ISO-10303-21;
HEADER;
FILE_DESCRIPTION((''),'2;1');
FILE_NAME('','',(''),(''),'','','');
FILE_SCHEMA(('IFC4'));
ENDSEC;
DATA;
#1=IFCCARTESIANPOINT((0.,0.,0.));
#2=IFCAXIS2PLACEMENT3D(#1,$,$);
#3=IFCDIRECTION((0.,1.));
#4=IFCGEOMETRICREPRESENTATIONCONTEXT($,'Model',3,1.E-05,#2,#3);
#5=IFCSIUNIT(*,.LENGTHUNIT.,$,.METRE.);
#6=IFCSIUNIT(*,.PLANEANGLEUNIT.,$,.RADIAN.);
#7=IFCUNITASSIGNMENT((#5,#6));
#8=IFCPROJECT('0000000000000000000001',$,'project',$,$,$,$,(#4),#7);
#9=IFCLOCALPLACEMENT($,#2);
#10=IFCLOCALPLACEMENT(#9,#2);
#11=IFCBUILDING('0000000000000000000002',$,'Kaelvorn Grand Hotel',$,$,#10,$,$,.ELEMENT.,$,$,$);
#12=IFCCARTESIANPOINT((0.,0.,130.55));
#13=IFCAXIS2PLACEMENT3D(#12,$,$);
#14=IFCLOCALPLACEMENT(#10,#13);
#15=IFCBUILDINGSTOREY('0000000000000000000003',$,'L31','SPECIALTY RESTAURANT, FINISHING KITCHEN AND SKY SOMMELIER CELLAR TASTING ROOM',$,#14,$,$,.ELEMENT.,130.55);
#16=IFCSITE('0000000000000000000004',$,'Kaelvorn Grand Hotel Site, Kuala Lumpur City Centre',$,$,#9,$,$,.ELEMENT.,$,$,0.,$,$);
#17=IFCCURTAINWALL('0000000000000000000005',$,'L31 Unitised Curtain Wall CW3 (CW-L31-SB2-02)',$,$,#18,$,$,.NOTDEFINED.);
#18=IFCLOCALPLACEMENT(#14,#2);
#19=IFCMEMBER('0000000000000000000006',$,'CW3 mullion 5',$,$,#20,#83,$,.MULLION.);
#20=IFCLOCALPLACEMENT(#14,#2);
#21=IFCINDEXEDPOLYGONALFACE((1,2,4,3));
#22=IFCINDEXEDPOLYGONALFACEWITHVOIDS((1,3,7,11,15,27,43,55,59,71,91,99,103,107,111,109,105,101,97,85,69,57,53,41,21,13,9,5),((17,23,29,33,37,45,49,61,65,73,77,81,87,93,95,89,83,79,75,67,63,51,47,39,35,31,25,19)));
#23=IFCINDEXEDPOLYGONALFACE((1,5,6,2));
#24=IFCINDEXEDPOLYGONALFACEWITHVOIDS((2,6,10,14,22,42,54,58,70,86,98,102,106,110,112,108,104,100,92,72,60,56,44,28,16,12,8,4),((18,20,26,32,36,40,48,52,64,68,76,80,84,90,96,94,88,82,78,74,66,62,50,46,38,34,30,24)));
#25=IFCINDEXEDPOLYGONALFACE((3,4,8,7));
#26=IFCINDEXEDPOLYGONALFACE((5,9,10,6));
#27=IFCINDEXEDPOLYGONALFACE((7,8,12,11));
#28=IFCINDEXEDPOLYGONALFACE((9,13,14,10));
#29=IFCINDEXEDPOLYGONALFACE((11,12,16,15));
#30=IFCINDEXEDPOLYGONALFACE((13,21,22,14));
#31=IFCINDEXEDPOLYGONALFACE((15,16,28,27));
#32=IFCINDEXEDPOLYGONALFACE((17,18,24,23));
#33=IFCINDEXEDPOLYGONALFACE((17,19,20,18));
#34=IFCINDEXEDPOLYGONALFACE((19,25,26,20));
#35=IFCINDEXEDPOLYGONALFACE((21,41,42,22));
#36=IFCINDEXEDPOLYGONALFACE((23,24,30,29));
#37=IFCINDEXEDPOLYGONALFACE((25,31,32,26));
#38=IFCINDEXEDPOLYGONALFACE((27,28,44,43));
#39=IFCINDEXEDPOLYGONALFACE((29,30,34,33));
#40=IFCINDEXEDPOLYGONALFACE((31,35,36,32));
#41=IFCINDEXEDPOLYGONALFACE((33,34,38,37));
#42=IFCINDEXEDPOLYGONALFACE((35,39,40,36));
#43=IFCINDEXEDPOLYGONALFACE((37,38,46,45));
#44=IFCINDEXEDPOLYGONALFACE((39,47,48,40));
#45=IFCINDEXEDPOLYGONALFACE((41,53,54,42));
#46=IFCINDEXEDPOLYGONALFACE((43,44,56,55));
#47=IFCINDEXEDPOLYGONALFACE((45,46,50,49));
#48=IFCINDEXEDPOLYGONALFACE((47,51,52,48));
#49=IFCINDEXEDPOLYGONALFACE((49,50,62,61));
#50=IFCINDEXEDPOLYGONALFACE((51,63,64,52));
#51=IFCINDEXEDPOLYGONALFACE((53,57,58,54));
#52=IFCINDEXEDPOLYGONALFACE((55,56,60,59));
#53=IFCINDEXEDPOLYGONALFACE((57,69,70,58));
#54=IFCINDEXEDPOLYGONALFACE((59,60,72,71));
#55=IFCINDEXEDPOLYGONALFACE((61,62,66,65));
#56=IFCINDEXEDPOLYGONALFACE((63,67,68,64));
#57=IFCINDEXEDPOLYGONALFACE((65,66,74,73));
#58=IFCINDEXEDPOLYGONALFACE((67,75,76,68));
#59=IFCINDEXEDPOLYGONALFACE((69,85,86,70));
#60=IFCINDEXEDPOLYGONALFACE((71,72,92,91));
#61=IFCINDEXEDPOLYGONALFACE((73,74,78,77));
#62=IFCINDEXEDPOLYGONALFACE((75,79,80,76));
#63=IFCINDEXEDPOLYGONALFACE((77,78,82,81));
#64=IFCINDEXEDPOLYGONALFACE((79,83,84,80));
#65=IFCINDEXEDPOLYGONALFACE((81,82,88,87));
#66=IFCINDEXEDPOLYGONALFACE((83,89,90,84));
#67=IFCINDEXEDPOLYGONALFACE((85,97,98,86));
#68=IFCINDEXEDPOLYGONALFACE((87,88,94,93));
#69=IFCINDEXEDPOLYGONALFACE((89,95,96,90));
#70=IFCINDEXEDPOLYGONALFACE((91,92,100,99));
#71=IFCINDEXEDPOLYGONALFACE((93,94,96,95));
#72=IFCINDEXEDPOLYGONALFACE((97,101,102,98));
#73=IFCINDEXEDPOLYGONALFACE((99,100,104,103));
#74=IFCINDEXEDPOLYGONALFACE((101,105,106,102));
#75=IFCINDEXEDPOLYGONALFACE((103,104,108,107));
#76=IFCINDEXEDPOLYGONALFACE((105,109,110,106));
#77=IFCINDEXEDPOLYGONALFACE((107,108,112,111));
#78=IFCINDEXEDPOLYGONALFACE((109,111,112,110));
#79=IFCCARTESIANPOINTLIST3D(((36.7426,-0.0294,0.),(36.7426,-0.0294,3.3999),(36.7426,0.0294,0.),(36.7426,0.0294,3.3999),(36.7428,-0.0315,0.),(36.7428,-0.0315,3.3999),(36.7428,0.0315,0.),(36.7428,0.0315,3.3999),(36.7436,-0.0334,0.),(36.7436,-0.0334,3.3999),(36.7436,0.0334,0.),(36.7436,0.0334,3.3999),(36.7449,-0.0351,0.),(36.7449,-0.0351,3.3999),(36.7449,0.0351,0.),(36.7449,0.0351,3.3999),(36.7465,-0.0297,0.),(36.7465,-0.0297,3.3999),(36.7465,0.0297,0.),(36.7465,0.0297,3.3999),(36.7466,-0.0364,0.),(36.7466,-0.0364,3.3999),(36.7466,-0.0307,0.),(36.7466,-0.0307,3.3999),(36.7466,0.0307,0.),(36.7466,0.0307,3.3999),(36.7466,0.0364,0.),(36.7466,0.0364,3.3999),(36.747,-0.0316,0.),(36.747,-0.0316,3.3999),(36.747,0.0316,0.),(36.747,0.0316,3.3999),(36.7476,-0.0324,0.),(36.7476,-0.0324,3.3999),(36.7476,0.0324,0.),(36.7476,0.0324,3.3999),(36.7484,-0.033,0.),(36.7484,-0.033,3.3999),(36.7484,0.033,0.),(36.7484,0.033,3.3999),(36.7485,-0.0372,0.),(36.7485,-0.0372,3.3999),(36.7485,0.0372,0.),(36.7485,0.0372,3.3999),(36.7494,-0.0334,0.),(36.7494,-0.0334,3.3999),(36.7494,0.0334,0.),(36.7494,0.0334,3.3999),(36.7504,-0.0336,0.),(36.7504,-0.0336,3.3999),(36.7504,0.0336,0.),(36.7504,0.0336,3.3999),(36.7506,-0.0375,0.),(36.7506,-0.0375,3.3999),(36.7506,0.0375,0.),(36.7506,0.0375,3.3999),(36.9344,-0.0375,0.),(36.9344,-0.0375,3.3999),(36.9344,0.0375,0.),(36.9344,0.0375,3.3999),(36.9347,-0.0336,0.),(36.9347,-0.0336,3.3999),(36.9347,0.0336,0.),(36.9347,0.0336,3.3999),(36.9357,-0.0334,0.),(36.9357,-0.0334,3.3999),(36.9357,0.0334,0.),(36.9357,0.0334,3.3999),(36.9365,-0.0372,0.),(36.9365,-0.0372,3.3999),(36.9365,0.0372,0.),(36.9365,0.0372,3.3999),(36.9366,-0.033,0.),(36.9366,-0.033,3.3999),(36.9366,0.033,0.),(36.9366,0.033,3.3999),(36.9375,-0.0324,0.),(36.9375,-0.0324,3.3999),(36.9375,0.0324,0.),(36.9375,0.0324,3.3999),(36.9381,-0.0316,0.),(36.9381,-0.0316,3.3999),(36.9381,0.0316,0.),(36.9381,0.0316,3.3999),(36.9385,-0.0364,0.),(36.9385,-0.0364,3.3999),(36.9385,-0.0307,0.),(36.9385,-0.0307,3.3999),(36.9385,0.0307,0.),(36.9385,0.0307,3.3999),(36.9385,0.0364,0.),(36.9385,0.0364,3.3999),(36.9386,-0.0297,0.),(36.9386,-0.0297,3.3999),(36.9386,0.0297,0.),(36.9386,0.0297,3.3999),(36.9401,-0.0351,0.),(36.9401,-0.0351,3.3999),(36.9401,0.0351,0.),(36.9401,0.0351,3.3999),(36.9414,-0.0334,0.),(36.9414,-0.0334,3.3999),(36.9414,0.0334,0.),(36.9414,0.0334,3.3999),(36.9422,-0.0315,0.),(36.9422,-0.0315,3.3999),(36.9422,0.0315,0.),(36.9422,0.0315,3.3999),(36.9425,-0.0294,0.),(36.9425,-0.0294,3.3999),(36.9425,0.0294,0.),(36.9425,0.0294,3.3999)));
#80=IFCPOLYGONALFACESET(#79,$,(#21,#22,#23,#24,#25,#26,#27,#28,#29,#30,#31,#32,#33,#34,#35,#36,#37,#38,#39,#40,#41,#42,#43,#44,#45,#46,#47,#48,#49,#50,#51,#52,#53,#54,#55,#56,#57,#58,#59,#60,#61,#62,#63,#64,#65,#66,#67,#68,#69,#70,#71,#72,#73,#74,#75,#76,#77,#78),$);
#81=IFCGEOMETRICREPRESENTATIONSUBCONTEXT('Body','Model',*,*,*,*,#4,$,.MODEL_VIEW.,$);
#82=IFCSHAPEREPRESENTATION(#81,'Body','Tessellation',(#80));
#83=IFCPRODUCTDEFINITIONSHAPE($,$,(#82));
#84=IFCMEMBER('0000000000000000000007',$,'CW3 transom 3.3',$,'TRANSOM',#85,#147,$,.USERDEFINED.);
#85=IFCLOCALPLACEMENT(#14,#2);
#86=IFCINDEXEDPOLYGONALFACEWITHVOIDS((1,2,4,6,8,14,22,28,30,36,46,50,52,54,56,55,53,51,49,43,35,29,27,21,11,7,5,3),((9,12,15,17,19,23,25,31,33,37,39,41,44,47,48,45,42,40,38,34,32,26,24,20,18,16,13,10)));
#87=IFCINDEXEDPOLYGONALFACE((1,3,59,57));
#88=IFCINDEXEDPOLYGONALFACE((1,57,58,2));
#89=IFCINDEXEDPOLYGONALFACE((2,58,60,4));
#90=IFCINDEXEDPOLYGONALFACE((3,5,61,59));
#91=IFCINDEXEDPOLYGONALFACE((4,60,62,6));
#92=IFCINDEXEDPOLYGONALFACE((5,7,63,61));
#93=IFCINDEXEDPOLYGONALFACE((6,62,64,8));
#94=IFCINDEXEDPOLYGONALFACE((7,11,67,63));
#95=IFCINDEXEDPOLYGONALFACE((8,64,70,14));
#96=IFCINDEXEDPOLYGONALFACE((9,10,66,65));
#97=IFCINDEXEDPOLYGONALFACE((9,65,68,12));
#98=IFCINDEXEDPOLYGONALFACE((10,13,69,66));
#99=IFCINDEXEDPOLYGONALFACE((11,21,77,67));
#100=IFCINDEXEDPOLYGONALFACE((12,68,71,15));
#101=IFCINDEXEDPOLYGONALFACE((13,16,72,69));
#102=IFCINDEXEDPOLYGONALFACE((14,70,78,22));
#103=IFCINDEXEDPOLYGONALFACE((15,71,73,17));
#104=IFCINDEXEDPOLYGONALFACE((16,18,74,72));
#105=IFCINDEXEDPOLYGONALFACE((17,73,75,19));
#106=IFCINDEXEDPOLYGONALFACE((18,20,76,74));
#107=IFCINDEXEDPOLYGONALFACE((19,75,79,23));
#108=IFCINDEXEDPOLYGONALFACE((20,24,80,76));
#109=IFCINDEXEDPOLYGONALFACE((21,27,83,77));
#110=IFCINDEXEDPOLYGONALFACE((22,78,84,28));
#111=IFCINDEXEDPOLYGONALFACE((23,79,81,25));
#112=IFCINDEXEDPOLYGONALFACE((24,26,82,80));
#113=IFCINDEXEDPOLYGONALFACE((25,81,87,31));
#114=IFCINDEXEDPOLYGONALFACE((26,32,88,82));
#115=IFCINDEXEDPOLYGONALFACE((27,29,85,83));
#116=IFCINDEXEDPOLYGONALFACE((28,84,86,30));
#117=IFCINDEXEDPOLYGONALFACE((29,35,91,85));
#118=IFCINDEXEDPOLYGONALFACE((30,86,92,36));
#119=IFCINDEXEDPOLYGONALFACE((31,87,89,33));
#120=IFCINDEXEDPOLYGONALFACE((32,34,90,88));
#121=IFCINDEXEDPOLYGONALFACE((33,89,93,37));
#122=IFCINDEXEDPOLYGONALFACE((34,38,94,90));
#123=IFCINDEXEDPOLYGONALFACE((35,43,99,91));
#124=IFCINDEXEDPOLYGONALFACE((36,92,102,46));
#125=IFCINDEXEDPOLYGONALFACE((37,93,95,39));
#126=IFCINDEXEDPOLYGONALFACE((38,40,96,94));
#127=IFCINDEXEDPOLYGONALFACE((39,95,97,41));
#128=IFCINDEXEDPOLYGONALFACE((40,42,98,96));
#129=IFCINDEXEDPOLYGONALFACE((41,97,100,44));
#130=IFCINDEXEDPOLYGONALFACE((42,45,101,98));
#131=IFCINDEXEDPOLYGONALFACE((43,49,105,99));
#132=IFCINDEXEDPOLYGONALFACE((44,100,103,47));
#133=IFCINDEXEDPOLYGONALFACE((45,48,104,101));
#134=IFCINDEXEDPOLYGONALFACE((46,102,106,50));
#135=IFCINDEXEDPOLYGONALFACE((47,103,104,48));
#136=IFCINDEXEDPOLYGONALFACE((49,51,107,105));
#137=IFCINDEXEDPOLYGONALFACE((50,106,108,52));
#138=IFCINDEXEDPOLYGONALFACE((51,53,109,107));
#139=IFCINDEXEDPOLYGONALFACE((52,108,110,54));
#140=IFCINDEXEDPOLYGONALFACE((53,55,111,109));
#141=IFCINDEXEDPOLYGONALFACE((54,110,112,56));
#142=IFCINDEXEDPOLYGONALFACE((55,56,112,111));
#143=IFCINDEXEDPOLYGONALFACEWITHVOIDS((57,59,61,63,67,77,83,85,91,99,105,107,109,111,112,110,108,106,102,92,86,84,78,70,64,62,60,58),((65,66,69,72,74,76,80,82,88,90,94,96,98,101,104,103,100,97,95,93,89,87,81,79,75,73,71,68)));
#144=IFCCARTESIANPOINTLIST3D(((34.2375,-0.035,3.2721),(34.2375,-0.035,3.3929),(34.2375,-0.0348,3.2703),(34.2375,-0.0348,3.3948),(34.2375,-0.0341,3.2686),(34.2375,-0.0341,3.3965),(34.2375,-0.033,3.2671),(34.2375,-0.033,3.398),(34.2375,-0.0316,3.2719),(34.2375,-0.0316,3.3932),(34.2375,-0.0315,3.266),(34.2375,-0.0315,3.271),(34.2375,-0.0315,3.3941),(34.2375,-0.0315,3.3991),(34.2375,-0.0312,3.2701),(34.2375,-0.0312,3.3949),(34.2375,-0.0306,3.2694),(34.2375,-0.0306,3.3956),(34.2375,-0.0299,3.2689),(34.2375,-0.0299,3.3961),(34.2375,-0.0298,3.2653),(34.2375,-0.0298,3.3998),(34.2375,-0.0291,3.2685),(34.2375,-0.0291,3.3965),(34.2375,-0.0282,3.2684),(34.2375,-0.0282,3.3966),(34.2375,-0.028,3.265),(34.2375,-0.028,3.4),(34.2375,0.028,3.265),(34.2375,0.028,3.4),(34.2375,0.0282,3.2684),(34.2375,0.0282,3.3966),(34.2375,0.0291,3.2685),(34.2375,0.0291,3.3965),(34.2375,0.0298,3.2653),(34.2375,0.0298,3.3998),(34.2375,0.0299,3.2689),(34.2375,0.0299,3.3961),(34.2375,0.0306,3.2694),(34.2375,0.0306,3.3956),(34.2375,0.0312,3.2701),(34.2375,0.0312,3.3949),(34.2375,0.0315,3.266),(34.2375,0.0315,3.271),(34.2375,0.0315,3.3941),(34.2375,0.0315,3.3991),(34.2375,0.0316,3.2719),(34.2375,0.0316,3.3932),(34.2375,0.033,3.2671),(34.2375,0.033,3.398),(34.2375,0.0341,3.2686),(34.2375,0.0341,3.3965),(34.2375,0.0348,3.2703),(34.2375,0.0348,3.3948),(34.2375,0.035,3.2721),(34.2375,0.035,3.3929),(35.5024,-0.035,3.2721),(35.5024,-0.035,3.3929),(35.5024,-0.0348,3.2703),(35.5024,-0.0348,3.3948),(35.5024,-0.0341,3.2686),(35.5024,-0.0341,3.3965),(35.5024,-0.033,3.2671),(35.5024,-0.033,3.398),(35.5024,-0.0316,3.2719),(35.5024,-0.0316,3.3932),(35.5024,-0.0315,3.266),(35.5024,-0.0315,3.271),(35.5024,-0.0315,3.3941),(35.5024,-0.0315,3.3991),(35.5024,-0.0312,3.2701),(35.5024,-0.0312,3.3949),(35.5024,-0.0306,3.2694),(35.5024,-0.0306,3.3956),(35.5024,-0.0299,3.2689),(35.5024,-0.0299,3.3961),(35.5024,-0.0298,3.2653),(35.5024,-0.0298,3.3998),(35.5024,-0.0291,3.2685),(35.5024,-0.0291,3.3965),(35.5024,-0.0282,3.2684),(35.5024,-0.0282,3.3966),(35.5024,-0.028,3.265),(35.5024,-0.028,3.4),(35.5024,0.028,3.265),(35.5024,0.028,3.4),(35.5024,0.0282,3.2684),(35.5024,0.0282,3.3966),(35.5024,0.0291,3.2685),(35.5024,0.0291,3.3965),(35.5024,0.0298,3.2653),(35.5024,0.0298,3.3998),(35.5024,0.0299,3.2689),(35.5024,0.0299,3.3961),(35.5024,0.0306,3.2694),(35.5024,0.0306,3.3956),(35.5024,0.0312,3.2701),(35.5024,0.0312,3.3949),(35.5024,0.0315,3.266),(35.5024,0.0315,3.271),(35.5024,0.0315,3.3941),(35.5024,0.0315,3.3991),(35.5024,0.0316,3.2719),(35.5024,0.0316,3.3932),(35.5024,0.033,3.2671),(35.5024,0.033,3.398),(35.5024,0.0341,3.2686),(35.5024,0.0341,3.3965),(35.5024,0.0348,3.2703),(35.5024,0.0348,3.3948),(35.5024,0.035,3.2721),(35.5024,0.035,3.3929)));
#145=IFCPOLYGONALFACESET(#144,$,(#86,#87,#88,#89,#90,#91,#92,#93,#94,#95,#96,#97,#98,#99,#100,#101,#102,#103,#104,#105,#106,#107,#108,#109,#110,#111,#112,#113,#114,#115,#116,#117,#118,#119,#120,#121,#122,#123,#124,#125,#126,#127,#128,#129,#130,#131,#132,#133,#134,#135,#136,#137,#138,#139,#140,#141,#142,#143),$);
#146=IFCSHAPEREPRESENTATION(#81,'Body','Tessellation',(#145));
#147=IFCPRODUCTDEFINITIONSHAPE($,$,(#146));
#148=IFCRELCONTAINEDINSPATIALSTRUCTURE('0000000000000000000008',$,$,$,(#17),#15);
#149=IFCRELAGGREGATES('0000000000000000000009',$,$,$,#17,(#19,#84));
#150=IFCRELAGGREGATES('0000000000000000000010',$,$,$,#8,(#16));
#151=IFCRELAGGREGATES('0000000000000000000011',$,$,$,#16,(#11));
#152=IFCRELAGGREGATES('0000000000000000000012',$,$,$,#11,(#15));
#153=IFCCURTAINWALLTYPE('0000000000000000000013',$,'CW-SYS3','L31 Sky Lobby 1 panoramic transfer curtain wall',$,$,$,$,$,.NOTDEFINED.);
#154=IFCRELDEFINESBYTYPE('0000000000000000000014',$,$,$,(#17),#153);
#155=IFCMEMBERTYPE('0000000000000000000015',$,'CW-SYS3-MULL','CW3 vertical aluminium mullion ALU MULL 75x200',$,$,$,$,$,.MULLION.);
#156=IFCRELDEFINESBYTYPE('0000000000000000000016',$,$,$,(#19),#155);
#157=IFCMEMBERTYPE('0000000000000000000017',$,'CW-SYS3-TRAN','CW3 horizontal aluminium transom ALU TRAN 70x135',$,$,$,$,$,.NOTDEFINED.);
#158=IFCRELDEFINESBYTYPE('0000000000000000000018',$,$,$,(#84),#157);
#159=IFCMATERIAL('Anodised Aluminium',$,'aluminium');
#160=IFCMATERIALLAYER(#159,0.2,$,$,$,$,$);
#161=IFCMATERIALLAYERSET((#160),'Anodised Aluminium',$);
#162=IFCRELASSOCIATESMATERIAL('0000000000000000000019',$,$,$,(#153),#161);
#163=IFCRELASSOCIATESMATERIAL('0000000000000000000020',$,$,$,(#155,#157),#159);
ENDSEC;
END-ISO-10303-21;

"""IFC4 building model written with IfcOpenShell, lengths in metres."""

from ifc_helpers import new_model, si_unit, direction, frame, origin, origin_2d, place, context, subcontext, project, spatial, hollow_rectangle, extrude, material, layer, layer_set, material_profile, profile_set, type_object, element, aggregate, save


model = new_model("IFC4")

# Units and contexts
model_context = context("Model", 3, precision=1e-05, world=origin(), true_north=direction((0.0, 1.0)))
body_context = subcontext(model_context, "Body", "Model", "MODEL_VIEW")
ifc_project = project(units=[si_unit("LENGTHUNIT", "METRE"), si_unit("PLANEANGLEUNIT", "RADIAN")], contexts=[model_context])

# Site, building, storey
site_placement = place(None, origin())
site = spatial("IfcSite", under=ifc_project, at=site_placement, Name="Kaelvorn Grand Hotel Site, Kuala Lumpur City Centre", CompositionType="ELEMENT", RefElevation=0.0)
building_placement = place(site_placement, origin())
building = spatial("IfcBuilding", under=site, at=building_placement, Name="Kaelvorn Grand Hotel", CompositionType="ELEMENT")
storey_placement = place(building_placement, frame((0.0, 0.0, 130.55)))
storey = spatial("IfcBuildingStorey", under=building, at=storey_placement, Name="L31", Description="SPECIALTY RESTAURANT, FINISHING KITCHEN AND SKY SOMMELIER CELLAR TASTING ROOM", CompositionType="ELEMENT", Elevation=130.55)

# Curtain wall, members
ifc_material_1 = material(Name="Anodised Aluminium", Category="aluminium")
ifc_layer_1 = layer(ifc_material_1, 0.2)
ifc_layer_set_1 = layer_set([ifc_layer_1], Name="Anodised Aluminium")
curtain_wall_type = type_object("IfcCurtainWallType", Name="CW-SYS3", Description="L31 Sky Lobby 1 panoramic transfer curtain wall", PredefinedType="NOTDEFINED", material=ifc_layer_set_1)
curtain_wall_placement = place(storey_placement, origin())
curtain_wall = element("IfcCurtainWall", 1, at=curtain_wall_placement, inside=storey, type_object=curtain_wall_type, Name="L31 Unitised Curtain Wall CW3 (CW-L31-SB2-02)", PredefinedType="NOTDEFINED")
ifc_material_profile_1 = material_profile(ifc_material_1, hollow_rectangle(XDim=0.075, YDim=0.2, WallThickness=0.0039, InnerFilletRadius=0.0039, OuterFilletRadius=0.0081, at=origin_2d()), Name="ALU MULL 75x200")
ifc_profile_set_1 = profile_set([ifc_material_profile_1], Name="Anodised Aluminium")
member_type_1 = type_object("IfcMemberType", Name="CW-SYS3-MULL", Description="CW3 vertical aluminium mullion ALU MULL 75x200", PredefinedType="MULLION", material=ifc_profile_set_1)
member_1_placement = place(storey_placement, frame((36.8425, 0.0, 0.0), z_axis=(0.0, 0.0, 1.0), x_axis=(0.0, 1.0, 0.0)))
member_1 = element("IfcMember", 2, at=member_1_placement, type_object=member_type_1, Name="CW3 mullion 5", PredefinedType="MULLION", context=body_context, shape_type="SweptSolid", body=[
    extrude(hollow_rectangle(XDim=0.075, YDim=0.2, WallThickness=0.0039, InnerFilletRadius=0.0039, OuterFilletRadius=0.0081, at=origin_2d()), origin(), (0.0, 0.0, 1.0), 3.3999),
])
ifc_material_profile_2 = material_profile(ifc_material_1, hollow_rectangle(XDim=0.0701, YDim=0.135, WallThickness=0.0034, InnerFilletRadius=0.0034, OuterFilletRadius=0.0071, at=origin_2d()), Name="ALU TRAN 70x135")
ifc_profile_set_2 = profile_set([ifc_material_profile_2], Name="Anodised Aluminium")
member_type_2 = type_object("IfcMemberType", Name="CW-SYS3-TRAN", Description="CW3 horizontal aluminium transom ALU TRAN 70x135", PredefinedType="NOTDEFINED", material=ifc_profile_set_2)
member_2_placement = place(storey_placement, frame((34.2375, 0.0, 3.3325), z_axis=(1.0, 0.0, 0.0), x_axis=(0.0, 1.0, 0.0)))
member_2 = element("IfcMember", 3, at=member_2_placement, type_object=member_type_2, Name="CW3 transom 3.3", ObjectType="TRANSOM", PredefinedType="USERDEFINED", context=body_context, shape_type="SweptSolid", body=[
    extrude(hollow_rectangle(XDim=0.0701, YDim=0.135, WallThickness=0.0034, InnerFilletRadius=0.0034, OuterFilletRadius=0.0071, at=origin_2d()), origin(), (0.0, 0.0, 1.0), 1.2649),
])
aggregate(curtain_wall, [member_1, member_2])

save(model, "model.ifc")
